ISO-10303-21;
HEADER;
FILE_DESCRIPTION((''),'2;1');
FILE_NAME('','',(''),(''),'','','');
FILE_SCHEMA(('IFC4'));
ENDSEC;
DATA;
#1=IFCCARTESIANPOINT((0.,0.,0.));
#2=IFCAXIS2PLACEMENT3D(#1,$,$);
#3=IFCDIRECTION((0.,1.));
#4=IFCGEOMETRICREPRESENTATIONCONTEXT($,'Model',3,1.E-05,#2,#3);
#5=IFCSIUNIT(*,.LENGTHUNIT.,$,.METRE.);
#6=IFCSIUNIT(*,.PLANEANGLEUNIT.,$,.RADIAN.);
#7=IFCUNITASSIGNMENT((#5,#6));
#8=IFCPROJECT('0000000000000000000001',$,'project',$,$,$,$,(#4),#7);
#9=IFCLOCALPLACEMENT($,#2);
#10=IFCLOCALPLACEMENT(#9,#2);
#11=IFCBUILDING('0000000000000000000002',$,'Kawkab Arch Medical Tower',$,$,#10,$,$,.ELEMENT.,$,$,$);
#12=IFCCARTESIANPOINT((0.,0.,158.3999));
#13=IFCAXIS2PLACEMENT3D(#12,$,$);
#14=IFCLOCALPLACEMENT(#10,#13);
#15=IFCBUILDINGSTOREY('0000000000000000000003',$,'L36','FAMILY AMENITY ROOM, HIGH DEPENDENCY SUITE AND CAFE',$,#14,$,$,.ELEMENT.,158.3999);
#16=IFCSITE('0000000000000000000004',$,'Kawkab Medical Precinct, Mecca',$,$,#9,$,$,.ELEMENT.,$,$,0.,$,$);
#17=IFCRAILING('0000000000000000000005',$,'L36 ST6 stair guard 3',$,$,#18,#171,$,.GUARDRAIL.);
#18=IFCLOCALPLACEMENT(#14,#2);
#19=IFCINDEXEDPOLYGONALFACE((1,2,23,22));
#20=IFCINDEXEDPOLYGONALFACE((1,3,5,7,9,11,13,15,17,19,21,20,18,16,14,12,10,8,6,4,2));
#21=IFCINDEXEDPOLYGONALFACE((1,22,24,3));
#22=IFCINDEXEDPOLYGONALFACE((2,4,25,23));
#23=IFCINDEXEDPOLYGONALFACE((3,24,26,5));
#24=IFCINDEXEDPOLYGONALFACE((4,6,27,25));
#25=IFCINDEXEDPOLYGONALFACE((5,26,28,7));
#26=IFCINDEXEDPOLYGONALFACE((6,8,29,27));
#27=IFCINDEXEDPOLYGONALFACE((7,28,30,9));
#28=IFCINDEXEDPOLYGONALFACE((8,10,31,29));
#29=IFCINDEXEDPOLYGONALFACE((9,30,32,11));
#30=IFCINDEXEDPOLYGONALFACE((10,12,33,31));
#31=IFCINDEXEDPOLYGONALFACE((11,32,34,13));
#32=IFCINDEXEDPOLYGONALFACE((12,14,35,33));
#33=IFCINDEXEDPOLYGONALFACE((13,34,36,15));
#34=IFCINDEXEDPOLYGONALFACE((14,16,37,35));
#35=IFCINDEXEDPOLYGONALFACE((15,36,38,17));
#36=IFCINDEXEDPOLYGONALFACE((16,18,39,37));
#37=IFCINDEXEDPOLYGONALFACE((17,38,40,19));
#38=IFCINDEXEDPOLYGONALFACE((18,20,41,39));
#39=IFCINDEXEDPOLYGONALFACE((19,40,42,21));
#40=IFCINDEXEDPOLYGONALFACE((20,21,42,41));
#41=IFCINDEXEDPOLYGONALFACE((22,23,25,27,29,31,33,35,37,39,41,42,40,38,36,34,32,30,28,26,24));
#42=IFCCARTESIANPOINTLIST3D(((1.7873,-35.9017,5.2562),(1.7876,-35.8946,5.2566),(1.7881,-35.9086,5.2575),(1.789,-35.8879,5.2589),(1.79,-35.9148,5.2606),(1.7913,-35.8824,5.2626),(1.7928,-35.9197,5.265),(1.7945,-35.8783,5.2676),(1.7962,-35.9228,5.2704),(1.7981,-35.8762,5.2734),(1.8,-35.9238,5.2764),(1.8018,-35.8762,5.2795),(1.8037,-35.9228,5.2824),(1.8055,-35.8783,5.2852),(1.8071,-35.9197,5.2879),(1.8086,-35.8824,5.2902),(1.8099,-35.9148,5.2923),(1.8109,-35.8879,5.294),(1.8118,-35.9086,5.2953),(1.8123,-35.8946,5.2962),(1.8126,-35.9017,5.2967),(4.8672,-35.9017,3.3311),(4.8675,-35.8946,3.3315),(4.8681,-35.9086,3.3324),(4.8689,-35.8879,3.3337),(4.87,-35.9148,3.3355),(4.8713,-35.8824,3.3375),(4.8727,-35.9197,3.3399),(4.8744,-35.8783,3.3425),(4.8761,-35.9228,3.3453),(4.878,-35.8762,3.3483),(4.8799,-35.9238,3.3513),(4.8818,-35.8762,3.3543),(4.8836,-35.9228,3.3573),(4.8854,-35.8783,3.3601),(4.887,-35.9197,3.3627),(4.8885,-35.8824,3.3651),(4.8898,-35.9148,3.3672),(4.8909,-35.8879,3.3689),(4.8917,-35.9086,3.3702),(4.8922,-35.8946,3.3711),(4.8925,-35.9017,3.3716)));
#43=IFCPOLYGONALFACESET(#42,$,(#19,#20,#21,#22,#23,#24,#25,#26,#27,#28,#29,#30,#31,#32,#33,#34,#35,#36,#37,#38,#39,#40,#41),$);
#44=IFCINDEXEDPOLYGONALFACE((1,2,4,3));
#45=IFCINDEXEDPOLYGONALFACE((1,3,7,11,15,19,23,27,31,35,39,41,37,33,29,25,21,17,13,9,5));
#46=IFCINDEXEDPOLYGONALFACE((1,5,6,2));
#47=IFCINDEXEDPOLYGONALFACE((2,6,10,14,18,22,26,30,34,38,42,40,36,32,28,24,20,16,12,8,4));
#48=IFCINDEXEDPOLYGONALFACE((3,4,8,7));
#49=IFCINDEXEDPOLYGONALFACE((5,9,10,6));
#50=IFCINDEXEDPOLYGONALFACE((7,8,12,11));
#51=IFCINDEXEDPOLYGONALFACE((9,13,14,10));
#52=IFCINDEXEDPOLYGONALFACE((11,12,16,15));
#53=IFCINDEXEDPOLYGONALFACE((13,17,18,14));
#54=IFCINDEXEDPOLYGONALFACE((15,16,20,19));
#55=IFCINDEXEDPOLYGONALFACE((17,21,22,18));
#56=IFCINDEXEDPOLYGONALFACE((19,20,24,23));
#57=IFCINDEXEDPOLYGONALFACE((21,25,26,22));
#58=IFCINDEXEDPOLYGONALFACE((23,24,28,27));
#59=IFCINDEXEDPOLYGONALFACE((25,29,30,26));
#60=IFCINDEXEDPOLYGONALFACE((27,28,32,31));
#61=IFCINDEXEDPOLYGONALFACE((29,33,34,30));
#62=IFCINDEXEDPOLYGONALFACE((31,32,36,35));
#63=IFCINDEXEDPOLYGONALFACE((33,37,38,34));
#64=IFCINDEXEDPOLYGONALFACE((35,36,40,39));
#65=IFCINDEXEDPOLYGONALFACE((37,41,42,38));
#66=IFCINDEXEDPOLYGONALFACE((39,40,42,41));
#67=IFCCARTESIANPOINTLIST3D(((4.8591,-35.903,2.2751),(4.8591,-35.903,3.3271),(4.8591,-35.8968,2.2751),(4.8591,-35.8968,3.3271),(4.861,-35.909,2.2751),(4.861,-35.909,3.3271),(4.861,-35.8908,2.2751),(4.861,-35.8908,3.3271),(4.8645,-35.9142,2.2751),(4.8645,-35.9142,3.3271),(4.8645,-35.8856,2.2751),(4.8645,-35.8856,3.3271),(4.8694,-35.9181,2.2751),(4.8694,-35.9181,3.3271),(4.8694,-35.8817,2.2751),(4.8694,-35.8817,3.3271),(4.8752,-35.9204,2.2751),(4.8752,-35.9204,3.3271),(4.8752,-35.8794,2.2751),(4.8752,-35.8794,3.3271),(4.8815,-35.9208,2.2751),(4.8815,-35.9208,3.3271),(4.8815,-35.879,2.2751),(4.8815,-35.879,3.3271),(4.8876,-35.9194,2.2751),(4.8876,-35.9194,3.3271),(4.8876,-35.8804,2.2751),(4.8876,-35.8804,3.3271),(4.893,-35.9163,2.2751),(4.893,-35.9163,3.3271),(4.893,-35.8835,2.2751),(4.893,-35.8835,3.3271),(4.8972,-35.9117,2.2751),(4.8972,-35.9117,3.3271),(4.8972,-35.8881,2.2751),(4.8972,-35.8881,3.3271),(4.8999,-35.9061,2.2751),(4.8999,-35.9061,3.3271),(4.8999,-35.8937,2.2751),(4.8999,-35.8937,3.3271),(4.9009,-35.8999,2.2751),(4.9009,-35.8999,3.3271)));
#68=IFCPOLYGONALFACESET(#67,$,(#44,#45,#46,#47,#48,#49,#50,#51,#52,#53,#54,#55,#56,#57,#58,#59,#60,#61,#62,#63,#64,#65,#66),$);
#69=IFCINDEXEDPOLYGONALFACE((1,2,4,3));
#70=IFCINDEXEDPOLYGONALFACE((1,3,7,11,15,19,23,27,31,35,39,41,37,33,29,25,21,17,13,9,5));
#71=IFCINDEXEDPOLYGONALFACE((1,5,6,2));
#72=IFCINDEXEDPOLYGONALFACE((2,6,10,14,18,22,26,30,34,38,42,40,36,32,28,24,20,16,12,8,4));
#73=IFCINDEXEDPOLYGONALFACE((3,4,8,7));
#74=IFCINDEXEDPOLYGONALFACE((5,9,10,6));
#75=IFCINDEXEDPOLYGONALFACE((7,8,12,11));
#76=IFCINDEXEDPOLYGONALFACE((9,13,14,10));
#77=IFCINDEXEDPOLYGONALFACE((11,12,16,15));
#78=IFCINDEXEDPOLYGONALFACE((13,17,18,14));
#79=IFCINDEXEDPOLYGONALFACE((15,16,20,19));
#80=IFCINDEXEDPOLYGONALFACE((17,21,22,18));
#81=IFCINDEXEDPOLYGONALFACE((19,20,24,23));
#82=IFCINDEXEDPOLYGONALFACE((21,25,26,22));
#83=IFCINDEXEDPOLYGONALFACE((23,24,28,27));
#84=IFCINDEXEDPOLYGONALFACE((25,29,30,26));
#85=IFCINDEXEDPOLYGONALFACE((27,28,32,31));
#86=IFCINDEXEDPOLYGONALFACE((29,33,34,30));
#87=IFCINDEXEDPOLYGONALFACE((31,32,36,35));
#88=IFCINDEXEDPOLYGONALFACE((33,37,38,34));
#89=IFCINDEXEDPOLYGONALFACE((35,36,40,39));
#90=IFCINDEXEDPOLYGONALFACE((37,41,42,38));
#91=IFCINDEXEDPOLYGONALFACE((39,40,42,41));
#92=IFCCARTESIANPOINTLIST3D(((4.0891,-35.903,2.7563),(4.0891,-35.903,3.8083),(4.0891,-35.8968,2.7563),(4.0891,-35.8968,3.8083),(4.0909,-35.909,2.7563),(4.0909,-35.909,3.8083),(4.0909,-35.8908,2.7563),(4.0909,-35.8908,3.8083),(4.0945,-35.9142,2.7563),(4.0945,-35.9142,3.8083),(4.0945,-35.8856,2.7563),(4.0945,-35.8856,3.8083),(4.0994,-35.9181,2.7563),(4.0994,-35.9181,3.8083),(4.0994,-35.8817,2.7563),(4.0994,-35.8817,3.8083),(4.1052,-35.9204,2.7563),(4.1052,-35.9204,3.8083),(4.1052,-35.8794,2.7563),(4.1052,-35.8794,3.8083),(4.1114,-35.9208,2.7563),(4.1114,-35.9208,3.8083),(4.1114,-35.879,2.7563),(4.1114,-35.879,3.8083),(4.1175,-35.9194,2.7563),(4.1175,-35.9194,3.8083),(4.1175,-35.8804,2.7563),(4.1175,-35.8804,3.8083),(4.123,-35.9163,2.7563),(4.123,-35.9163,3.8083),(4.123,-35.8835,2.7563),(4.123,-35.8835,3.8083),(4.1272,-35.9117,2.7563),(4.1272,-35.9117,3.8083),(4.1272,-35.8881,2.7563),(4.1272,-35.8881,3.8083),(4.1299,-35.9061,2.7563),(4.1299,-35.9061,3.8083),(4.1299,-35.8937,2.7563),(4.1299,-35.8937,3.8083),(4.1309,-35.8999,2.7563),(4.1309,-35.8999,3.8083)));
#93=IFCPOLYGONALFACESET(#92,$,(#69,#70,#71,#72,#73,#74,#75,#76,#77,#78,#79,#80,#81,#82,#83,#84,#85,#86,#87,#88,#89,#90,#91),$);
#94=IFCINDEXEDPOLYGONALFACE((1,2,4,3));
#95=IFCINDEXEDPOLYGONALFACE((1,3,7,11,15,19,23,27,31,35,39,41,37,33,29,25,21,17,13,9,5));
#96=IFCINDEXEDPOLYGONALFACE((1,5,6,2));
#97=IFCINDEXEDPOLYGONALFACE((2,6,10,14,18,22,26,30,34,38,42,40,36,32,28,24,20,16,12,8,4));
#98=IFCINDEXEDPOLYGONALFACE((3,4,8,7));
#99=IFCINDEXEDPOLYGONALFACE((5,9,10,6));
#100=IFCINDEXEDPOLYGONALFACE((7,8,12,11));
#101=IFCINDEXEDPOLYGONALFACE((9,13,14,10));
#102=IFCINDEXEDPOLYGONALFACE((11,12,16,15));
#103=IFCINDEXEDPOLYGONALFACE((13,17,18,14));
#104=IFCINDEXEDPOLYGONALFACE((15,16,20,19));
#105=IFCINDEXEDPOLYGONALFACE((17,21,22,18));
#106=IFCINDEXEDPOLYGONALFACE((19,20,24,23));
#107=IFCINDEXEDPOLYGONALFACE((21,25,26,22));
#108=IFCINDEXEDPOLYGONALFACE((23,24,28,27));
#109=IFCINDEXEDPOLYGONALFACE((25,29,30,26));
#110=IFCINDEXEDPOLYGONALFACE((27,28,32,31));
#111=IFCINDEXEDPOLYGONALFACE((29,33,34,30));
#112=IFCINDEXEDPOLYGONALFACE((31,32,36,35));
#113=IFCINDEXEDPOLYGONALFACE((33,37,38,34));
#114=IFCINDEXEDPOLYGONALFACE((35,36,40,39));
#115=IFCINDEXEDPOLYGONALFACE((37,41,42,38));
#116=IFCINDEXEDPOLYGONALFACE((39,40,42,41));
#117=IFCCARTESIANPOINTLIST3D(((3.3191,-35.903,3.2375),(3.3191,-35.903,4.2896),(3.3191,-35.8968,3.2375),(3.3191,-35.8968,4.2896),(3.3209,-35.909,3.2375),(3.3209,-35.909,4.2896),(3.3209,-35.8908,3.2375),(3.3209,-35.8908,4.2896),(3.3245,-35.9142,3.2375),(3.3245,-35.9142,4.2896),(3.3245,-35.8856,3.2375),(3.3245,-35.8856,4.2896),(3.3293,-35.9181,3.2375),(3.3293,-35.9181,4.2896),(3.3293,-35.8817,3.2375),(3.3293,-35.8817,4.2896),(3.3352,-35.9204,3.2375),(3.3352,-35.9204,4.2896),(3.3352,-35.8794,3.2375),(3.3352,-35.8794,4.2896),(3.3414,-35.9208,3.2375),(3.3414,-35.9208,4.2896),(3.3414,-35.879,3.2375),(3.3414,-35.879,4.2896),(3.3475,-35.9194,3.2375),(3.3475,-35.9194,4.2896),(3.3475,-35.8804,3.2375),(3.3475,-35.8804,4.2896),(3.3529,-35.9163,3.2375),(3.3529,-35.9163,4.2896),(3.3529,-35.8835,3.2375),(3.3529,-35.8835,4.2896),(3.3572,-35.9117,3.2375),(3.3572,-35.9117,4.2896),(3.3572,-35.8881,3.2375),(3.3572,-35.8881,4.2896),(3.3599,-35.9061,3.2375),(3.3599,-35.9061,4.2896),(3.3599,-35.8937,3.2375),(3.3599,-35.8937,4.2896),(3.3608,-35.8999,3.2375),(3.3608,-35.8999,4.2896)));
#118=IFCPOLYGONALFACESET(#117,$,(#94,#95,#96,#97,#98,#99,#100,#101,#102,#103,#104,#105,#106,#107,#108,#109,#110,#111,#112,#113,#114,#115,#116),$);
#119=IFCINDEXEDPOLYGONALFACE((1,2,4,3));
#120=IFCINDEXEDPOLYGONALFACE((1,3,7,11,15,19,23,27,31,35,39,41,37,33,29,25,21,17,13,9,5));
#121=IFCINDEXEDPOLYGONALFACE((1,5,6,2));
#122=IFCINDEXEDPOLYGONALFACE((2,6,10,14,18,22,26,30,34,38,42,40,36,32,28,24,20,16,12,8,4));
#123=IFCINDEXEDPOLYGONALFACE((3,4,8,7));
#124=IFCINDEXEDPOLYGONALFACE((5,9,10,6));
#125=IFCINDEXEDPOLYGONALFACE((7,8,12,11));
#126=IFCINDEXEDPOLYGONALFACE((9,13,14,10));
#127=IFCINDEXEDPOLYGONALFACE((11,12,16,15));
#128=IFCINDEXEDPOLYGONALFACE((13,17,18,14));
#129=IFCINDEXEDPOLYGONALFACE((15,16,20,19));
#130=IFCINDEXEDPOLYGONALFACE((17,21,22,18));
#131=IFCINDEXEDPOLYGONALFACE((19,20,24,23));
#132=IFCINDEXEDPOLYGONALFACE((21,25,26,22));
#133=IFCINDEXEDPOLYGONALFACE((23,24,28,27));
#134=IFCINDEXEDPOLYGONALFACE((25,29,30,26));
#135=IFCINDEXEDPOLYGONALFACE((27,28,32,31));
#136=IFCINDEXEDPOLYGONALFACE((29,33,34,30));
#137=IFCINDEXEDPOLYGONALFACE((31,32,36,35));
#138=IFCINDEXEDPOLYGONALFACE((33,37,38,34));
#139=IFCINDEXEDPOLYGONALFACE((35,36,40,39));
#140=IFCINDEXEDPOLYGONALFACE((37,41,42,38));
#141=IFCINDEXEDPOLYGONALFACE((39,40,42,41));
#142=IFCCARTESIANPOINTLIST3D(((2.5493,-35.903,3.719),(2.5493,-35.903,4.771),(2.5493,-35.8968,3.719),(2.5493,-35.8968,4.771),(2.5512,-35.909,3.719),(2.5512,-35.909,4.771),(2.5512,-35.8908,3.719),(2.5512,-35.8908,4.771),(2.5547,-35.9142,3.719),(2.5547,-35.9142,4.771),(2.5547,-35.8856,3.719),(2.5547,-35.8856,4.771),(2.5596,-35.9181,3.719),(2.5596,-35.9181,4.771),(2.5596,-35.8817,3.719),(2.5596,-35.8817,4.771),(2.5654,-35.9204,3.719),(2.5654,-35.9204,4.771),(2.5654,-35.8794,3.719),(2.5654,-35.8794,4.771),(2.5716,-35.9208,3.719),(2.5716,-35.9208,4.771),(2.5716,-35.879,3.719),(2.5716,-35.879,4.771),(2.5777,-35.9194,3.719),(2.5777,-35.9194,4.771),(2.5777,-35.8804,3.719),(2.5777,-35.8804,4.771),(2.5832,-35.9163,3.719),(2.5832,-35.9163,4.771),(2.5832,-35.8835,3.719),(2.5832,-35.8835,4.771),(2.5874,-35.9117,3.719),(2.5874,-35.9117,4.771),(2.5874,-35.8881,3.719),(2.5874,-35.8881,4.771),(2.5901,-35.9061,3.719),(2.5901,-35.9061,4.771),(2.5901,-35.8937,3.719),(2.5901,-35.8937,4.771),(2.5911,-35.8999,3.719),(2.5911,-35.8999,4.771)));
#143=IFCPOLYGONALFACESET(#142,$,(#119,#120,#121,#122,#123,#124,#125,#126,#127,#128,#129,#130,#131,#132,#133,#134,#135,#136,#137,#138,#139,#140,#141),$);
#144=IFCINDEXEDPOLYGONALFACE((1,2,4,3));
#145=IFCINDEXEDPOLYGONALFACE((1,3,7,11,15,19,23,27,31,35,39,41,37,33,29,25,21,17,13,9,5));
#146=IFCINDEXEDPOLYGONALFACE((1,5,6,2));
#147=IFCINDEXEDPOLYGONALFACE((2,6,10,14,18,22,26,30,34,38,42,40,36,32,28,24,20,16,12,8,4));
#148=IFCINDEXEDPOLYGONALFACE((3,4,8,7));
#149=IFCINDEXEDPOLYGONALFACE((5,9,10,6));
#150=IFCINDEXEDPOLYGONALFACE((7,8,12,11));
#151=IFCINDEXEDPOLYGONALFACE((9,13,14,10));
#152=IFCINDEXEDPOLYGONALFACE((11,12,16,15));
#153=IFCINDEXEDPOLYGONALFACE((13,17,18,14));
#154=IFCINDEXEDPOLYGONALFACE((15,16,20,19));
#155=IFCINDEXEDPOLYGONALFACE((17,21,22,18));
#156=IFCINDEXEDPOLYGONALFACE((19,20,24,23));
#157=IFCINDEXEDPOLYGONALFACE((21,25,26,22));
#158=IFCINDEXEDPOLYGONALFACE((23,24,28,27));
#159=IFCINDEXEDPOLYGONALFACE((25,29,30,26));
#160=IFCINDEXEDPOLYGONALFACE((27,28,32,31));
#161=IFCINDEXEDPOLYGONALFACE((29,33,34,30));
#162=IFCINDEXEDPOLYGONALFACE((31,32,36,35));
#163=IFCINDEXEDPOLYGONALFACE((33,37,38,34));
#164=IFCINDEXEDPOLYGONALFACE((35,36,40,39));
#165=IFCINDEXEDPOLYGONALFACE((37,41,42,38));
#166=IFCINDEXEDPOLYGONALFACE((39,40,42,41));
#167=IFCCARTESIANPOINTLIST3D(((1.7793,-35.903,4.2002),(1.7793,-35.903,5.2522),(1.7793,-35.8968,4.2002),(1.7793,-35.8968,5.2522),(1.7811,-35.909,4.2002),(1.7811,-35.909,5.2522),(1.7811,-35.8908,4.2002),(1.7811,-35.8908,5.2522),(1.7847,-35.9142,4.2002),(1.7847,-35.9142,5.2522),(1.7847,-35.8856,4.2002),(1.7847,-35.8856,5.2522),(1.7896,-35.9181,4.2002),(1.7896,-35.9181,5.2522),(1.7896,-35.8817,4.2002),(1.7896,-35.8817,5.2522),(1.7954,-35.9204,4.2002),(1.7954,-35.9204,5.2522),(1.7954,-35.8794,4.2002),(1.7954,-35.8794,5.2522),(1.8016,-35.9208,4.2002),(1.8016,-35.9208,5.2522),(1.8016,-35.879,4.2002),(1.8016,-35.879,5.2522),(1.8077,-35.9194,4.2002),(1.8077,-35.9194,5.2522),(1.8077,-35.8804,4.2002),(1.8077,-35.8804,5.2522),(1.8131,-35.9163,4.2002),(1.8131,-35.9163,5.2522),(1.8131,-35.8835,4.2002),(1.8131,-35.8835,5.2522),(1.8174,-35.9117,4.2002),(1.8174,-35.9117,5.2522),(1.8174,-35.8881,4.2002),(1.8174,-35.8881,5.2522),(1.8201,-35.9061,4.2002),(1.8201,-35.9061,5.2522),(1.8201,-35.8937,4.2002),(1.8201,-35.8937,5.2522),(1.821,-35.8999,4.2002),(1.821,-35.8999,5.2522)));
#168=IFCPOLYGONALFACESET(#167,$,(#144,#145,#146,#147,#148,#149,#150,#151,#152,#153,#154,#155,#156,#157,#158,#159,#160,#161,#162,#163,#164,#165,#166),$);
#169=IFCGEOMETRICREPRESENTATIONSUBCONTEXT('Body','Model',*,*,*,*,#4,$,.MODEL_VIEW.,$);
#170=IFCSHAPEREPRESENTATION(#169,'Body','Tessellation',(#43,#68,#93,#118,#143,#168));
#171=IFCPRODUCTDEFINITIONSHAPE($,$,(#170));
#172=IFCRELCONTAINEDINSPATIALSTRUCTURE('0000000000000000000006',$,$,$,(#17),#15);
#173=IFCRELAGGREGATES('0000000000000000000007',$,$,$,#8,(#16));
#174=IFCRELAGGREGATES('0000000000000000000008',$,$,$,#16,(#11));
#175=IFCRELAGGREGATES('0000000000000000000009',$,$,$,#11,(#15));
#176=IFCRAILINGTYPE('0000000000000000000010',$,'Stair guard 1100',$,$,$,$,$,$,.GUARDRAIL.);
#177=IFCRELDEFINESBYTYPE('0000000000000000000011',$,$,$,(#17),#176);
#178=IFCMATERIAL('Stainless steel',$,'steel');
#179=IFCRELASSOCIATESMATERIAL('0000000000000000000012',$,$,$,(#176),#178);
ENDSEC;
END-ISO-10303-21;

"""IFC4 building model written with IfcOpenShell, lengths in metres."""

from ifc_helpers import new_model, si_unit, direction, frame, origin, origin_2d, place, context, subcontext, project, spatial, circle, extrude, material, type_object, element, save


model = new_model("IFC4")

# Units and contexts
model_context = context("Model", 3, precision=1e-05, world=origin(), true_north=direction((0.0, 1.0)))
body_context = subcontext(model_context, "Body", "Model", "MODEL_VIEW")
ifc_project = project(units=[si_unit("LENGTHUNIT", "METRE"), si_unit("PLANEANGLEUNIT", "RADIAN")], contexts=[model_context])

# Site, building, storey
site_placement = place(None, origin())
site = spatial("IfcSite", under=ifc_project, at=site_placement, Name="Kawkab Medical Precinct, Mecca", CompositionType="ELEMENT", RefElevation=0.0)
building_placement = place(site_placement, origin())
building = spatial("IfcBuilding", under=site, at=building_placement, Name="Kawkab Arch Medical Tower", CompositionType="ELEMENT")
storey_placement = place(building_placement, frame((0.0, 0.0, 158.3999)))
storey = spatial("IfcBuildingStorey", under=building, at=storey_placement, Name="L36", Description="FAMILY AMENITY ROOM, HIGH DEPENDENCY SUITE AND CAFE", CompositionType="ELEMENT", Elevation=158.3999)

# Railing
ifc_material_1 = material(Name="Stainless steel", Category="steel")
railing_type = type_object("IfcRailingType", Name="Stair guard 1100", PredefinedType="GUARDRAIL", material=ifc_material_1)
railing_1_placement = place(storey_placement, frame((4.8799, -35.8999, 2.2751)))
element("IfcRailing", 1, at=railing_1_placement, inside=storey, type_object=railing_type, Name="L36 ST6 stair guard 3", PredefinedType="GUARDRAIL", context=body_context, shape_type="SweptSolid", body=[
    extrude(circle(Radius=0.0239, at=origin_2d()), frame((0.0, 0.0, 1.0762), z_axis=(-0.847979, 0.0, 0.530029), x_axis=(0.0, -1.0, 0.0)), (0.0, 0.0, 1.0), 3.6321),
    extrude(circle(Radius=0.021, at=origin_2d()), origin(), (0.0, 0.0, 1.0), 1.052),
    extrude(circle(Radius=0.021, at=origin_2d()), frame((-0.77, 0.0, 0.4812)), (0.0, 0.0, 1.0), 1.052),
    extrude(circle(Radius=0.021, at=origin_2d()), frame((-1.54, 0.0, 0.9624)), (0.0, 0.0, 1.0), 1.052),
    extrude(circle(Radius=0.021, at=origin_2d()), frame((-2.3098, 0.0, 1.4438)), (0.0, 0.0, 1.0), 1.052),
    extrude(circle(Radius=0.021, at=origin_2d()), frame((-3.0798, 0.0, 1.925)), (0.0, 0.0, 1.0), 1.052),
])

save(model, "model.ifc")
